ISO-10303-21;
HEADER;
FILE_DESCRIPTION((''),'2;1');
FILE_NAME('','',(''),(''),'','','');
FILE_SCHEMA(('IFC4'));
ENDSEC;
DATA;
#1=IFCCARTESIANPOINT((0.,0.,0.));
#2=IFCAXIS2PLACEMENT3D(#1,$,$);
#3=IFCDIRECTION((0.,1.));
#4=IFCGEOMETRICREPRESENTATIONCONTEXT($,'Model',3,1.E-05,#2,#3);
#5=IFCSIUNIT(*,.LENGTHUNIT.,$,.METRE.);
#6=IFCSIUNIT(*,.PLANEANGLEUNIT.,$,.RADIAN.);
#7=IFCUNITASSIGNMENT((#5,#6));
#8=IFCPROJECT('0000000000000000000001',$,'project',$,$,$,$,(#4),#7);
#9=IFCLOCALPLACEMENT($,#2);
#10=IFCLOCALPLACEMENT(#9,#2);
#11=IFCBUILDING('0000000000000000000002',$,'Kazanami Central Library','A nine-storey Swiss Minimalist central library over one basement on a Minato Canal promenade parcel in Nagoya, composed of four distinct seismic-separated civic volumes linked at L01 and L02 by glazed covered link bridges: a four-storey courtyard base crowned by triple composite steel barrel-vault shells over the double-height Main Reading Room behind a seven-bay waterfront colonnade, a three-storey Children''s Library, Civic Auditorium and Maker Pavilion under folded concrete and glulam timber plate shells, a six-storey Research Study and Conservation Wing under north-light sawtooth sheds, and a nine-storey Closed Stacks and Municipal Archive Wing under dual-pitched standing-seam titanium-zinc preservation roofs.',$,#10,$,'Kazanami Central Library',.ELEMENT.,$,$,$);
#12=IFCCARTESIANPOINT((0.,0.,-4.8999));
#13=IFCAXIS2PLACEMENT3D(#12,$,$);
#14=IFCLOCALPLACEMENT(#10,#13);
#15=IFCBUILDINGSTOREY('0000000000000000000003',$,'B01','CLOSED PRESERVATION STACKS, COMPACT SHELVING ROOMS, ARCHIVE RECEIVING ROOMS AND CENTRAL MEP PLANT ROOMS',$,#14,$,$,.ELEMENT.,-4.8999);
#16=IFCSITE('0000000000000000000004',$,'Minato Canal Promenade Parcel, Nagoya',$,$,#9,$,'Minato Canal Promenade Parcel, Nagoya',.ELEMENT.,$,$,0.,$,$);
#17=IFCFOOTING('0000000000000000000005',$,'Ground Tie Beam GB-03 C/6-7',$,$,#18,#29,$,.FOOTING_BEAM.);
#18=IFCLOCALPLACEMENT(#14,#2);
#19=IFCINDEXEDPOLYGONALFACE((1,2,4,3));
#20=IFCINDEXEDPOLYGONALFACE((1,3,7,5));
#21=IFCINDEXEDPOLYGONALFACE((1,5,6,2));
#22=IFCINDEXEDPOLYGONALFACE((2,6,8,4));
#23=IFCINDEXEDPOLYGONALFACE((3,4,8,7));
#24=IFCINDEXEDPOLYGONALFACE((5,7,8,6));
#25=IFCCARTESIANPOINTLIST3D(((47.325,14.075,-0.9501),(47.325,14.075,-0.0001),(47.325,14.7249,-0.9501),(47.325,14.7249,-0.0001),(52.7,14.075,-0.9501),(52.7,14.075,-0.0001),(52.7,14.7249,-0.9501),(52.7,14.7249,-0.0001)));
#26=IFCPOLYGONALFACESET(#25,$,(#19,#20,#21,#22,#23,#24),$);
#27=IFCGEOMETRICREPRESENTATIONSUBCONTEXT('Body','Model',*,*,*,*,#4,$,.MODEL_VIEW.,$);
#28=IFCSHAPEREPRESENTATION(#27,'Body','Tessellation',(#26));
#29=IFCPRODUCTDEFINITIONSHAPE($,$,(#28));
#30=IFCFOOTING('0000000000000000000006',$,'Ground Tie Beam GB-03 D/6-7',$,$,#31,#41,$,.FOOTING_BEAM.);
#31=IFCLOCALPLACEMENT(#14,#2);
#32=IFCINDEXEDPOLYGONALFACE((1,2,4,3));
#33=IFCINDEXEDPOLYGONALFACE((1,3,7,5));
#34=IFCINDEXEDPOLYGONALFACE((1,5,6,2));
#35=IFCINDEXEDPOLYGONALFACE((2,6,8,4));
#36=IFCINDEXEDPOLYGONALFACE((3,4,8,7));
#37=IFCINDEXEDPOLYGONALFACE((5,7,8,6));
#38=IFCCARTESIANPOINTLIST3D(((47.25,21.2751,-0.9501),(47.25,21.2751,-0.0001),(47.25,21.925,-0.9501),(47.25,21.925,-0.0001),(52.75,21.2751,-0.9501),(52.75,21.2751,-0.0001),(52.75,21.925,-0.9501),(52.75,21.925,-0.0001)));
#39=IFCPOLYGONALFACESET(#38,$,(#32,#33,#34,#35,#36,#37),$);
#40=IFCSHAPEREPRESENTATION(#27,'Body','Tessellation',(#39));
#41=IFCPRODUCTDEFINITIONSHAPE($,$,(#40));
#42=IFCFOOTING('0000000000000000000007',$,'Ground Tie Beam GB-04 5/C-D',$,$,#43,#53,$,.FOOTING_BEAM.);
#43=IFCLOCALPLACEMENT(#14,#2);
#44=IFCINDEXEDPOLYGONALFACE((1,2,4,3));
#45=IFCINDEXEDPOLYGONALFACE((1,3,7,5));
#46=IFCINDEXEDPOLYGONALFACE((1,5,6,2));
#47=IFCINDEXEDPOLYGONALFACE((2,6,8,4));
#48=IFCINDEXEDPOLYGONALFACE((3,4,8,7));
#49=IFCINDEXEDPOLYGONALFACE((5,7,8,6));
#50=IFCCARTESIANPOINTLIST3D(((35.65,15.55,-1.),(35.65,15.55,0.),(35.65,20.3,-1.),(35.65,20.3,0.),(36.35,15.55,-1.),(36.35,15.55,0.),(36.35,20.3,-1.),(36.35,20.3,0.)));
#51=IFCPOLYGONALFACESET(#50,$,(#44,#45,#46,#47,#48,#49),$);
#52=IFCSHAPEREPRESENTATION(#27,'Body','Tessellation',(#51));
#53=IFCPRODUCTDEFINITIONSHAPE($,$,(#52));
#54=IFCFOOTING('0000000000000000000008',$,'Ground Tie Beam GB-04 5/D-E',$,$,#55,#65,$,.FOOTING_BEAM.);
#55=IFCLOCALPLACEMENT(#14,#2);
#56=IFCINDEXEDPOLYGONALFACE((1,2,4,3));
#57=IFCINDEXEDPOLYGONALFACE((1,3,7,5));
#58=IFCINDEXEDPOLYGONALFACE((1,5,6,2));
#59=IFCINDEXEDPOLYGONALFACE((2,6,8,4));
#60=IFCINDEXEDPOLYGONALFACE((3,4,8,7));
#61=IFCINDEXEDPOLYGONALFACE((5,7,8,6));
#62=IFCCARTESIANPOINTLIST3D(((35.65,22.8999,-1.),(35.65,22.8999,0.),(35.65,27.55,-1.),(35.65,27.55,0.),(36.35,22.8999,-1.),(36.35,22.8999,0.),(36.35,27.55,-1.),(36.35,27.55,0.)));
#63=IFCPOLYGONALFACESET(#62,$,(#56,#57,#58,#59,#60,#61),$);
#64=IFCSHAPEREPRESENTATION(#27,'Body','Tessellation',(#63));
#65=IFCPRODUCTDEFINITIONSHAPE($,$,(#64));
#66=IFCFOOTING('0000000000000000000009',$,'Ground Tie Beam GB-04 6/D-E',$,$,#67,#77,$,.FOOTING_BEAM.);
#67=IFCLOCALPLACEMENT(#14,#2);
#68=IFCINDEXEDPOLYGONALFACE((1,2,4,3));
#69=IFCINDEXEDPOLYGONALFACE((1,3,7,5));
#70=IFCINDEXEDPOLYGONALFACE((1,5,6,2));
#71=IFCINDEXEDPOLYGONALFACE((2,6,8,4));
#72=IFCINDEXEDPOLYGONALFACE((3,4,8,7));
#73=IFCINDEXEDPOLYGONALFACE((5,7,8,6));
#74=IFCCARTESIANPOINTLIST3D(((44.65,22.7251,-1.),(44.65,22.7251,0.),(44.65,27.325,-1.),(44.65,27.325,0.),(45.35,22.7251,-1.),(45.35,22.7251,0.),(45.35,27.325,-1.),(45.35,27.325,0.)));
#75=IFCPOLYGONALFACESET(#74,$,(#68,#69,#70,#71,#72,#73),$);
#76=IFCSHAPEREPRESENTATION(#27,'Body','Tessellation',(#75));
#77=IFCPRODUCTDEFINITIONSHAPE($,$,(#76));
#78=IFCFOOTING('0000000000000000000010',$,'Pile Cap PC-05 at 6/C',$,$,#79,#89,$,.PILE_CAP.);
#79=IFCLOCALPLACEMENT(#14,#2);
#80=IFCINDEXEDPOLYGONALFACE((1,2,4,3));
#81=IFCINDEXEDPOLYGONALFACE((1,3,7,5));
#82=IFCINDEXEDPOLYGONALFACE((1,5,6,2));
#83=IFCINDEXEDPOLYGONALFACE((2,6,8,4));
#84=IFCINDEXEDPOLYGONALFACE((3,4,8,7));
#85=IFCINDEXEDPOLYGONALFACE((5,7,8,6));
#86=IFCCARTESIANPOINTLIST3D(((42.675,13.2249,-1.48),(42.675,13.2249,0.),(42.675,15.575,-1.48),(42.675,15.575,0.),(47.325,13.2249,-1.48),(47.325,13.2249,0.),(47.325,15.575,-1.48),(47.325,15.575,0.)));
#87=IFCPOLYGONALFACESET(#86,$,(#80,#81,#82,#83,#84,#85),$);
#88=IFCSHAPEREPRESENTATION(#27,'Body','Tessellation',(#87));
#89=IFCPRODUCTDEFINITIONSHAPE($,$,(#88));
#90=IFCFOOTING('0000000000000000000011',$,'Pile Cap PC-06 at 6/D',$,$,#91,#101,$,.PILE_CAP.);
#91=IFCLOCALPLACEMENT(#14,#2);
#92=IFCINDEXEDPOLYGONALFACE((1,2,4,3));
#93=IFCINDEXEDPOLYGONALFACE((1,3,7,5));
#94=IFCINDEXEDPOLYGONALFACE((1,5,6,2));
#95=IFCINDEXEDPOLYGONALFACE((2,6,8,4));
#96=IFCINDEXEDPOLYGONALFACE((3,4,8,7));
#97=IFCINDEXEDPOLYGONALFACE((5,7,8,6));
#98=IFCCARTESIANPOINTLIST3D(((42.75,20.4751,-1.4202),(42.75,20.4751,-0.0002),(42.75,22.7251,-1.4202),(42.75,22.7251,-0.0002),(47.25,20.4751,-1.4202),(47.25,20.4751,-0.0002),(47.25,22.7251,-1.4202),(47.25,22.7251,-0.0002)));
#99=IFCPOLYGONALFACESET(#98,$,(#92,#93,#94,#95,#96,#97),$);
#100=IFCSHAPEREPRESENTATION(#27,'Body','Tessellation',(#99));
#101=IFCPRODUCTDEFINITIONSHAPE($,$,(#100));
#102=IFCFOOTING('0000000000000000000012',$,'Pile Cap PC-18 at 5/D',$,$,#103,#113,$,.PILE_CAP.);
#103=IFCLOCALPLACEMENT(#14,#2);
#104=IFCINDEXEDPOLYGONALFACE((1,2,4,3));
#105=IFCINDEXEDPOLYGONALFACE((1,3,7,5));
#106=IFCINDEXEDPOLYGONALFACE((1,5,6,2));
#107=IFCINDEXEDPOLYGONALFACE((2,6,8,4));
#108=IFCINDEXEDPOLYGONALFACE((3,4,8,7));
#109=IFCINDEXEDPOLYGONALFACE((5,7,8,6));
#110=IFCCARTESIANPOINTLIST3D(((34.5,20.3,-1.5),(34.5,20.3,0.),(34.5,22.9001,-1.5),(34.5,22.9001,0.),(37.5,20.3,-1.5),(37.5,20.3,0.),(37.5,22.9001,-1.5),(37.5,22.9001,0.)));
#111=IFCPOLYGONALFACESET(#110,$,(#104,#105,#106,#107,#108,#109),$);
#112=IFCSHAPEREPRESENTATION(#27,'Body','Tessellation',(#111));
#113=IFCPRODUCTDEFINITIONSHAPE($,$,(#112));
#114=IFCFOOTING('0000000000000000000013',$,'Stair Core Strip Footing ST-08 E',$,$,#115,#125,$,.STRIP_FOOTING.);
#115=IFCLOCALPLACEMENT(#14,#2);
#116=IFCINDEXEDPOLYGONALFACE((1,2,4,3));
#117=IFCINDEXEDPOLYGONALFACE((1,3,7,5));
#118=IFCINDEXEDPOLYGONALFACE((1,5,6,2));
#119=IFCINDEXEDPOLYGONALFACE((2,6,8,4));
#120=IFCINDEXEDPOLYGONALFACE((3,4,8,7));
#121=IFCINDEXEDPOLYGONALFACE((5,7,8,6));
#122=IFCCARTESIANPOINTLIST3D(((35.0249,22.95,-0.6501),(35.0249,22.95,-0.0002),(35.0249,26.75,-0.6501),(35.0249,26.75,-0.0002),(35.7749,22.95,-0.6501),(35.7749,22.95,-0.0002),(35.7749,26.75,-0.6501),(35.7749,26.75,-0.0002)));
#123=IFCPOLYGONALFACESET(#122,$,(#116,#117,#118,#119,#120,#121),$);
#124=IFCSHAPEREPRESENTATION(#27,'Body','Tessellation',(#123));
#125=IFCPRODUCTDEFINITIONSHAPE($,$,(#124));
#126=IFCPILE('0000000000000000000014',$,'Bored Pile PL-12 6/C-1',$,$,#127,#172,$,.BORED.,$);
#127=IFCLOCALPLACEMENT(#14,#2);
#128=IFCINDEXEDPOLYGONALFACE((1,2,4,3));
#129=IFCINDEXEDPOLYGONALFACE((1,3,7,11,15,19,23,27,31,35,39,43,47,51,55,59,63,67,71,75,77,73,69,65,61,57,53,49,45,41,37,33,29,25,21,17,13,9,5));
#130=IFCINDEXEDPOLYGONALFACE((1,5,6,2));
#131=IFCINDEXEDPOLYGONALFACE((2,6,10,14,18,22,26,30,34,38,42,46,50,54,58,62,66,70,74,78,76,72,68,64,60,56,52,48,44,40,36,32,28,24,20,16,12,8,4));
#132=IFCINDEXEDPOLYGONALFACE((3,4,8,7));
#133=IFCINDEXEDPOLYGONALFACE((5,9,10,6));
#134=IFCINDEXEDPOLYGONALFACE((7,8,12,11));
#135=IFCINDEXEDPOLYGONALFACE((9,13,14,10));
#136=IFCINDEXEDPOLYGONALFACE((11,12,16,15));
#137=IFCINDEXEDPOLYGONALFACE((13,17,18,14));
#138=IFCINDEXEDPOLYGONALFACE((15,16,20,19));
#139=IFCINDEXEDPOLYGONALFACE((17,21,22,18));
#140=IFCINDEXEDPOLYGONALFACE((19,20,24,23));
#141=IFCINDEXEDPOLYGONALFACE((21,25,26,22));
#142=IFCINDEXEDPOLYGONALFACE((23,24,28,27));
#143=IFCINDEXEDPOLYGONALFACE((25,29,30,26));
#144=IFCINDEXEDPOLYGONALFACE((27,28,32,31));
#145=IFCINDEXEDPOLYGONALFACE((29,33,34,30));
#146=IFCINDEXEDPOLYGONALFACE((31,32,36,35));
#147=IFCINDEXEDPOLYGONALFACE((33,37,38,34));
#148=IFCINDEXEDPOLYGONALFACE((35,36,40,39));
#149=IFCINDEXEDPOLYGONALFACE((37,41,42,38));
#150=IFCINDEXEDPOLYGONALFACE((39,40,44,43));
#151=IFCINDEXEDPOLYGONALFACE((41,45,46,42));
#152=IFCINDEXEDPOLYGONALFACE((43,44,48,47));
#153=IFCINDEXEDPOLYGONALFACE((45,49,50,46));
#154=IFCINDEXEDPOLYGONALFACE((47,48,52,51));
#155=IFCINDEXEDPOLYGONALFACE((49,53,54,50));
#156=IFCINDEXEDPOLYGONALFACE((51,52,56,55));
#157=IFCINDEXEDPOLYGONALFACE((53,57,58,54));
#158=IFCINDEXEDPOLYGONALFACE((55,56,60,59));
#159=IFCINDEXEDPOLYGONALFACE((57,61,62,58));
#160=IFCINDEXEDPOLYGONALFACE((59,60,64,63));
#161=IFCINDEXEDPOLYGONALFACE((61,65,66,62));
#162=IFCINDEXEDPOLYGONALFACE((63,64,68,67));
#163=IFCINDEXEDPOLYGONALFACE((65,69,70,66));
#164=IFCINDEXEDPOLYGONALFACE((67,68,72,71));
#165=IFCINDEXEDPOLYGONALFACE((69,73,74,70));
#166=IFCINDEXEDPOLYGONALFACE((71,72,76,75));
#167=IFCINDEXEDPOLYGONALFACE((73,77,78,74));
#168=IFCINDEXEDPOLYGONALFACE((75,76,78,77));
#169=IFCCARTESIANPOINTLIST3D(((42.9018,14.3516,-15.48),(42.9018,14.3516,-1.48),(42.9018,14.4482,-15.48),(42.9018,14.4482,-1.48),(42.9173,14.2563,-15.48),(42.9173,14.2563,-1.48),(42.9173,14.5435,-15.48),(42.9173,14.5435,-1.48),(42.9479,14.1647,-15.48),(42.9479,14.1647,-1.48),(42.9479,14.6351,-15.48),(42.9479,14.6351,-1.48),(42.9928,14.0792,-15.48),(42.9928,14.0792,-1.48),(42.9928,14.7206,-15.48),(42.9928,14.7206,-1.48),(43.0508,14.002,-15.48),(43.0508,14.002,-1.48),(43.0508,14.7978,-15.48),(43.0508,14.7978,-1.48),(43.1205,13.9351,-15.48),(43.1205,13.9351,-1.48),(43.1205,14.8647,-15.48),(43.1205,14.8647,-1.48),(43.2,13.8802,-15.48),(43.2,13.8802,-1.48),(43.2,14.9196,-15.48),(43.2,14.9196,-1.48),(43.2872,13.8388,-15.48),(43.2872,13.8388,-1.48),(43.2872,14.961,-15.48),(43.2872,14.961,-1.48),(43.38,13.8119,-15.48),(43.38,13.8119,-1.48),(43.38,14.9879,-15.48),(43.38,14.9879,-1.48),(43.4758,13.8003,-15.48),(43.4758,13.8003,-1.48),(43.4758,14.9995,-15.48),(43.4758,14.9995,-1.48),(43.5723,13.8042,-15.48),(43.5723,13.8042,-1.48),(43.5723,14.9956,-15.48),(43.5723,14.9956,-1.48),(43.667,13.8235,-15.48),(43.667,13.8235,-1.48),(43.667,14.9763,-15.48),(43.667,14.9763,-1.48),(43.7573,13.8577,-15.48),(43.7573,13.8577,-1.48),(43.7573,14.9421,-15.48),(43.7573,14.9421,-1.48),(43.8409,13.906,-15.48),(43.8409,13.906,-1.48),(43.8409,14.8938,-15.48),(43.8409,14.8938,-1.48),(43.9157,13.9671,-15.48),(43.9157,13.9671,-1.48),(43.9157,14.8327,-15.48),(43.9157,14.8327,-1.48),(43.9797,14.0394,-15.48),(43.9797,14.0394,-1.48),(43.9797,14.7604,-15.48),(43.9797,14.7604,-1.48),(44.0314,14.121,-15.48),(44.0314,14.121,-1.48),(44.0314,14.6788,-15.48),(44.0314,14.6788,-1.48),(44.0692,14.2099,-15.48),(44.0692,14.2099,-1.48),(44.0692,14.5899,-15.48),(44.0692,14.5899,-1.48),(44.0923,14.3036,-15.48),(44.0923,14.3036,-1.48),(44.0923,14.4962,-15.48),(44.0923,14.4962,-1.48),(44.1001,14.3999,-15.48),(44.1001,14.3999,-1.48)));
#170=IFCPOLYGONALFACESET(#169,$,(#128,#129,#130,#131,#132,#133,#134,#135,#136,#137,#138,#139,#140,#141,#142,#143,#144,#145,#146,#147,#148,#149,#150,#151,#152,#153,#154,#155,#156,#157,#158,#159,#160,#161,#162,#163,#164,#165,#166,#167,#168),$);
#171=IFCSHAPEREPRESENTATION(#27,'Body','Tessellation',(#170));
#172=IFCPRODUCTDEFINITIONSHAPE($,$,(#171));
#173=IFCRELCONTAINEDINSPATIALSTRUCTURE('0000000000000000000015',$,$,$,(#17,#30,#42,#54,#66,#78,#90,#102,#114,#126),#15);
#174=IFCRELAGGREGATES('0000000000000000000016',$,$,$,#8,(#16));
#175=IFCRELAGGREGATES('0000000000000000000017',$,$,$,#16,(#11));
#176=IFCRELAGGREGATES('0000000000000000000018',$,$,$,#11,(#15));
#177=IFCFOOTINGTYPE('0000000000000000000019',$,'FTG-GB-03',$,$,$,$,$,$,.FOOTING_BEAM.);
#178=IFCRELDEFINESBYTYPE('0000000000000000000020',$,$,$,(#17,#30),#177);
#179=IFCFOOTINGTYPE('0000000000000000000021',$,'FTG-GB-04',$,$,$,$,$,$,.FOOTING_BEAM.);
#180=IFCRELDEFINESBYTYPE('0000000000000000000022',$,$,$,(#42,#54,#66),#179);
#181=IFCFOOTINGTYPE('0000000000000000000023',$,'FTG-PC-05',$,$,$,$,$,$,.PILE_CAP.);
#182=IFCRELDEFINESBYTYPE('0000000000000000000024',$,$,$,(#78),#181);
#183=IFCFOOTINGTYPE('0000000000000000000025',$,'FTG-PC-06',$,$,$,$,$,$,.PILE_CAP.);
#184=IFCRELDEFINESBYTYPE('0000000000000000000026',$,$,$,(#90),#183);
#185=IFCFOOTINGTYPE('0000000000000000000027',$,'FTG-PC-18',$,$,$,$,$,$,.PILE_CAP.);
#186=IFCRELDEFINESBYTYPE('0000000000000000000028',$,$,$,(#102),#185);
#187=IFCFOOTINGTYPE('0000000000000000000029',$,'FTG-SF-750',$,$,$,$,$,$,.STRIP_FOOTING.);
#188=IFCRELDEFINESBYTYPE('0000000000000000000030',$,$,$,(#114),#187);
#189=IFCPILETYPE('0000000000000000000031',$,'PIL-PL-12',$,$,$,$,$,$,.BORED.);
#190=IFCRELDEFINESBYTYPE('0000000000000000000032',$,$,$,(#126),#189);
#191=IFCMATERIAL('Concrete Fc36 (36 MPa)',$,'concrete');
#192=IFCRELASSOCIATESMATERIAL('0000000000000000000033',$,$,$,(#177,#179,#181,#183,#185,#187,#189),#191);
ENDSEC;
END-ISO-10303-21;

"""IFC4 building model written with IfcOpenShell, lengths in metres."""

from ifc_helpers import new_model, si_unit, direction, frame, origin, origin_2d, place, context, subcontext, project, spatial, rectangle, circle, extrude, material, material_profile, profile_set, type_object, element, save


model = new_model("IFC4")

# Units and contexts
model_context = context("Model", 3, precision=1e-05, world=origin(), true_north=direction((0.0, 1.0)))
body_context = subcontext(model_context, "Body", "Model", "MODEL_VIEW")
ifc_project = project(units=[si_unit("LENGTHUNIT", "METRE"), si_unit("PLANEANGLEUNIT", "RADIAN")], contexts=[model_context])

# Site, building, storey
site_placement = place(None, origin())
site = spatial("IfcSite", under=ifc_project, at=site_placement, Name="Minato Canal Promenade Parcel, Nagoya", LongName="Minato Canal Promenade Parcel, Nagoya", CompositionType="ELEMENT", RefElevation=0.0)
building_placement = place(site_placement, origin())
building = spatial("IfcBuilding", under=site, at=building_placement, Name="Kazanami Central Library", Description="A nine-storey Swiss Minimalist central library over one basement on a Minato Canal promenade parcel in Nagoya, composed of four distinct seismic-separated civic volumes linked at L01 and L02 by glazed covered link bridges: a four-storey courtyard base crowned by triple composite steel barrel-vault shells over the double-height Main Reading Room behind a seven-bay waterfront colonnade, a three-storey Children's Library, Civic Auditorium and Maker Pavilion under folded concrete and glulam timber plate shells, a six-storey Research Study and Conservation Wing under north-light sawtooth sheds, and a nine-storey Closed Stacks and Municipal Archive Wing under dual-pitched standing-seam titanium-zinc preservation roofs.", LongName="Kazanami Central Library", CompositionType="ELEMENT")
storey_placement = place(building_placement, frame((0.0, 0.0, -4.8999)))
storey = spatial("IfcBuildingStorey", under=building, at=storey_placement, Name="B01", Description="CLOSED PRESERVATION STACKS, COMPACT SHELVING ROOMS, ARCHIVE RECEIVING ROOMS AND CENTRAL MEP PLANT ROOMS", CompositionType="ELEMENT", Elevation=-4.8999)

# Footings
ifc_material_1 = material(Name="Concrete Fc36 (36 MPa)", Category="concrete")
ifc_material_profile_1 = material_profile(ifc_material_1, rectangle(XDim=0.6499, YDim=0.95, at=origin_2d()), Name="RC-650x950")
ifc_profile_set_1 = profile_set([ifc_material_profile_1], Name="Concrete Fc36 (36 MPa)")
footing_type_1 = type_object("IfcFootingType", Name="FTG-GB-03", PredefinedType="FOOTING_BEAM", material=ifc_profile_set_1)
footing_1_placement = place(storey_placement, frame((47.325, 14.3999, -0.4751), z_axis=(1.0, 0.0, 0.0), x_axis=(0.0, 1.0, 0.0)))
element("IfcFooting", 1, at=footing_1_placement, inside=storey, type_object=footing_type_1, Name="Ground Tie Beam GB-03 C/6-7", PredefinedType="FOOTING_BEAM", context=body_context, shape_type="SweptSolid", body=[
    extrude(rectangle(XDim=0.6499, YDim=0.95, at=origin_2d()), origin(), (0.0, 0.0, 1.0), 5.375),
])
footing_2_placement = place(storey_placement, frame((47.25, 21.6001, -0.4751), z_axis=(1.0, 0.0, 0.0), x_axis=(0.0, 1.0, 0.0)))
element("IfcFooting", 2, at=footing_2_placement, inside=storey, type_object=footing_type_1, Name="Ground Tie Beam GB-03 D/6-7", PredefinedType="FOOTING_BEAM", context=body_context, shape_type="SweptSolid", body=[
    extrude(rectangle(XDim=0.6499, YDim=0.95, at=origin_2d()), origin(), (0.0, 0.0, 1.0), 5.5),
])
ifc_material_profile_2 = material_profile(ifc_material_1, rectangle(XDim=0.7, YDim=1.0, at=origin_2d()), Name="RC-700x1000")
ifc_profile_set_2 = profile_set([ifc_material_profile_2], Name="Concrete Fc36 (36 MPa)")
footing_type_2 = type_object("IfcFootingType", Name="FTG-GB-04", PredefinedType="FOOTING_BEAM", material=ifc_profile_set_2)
footing_3_placement = place(storey_placement, frame((36.0, 15.55, -0.5), z_axis=(0.0, 1.0, 0.0), x_axis=(-1.0, 0.0, 0.0)))
element("IfcFooting", 3, at=footing_3_placement, inside=storey, type_object=footing_type_2, Name="Ground Tie Beam GB-04 5/C-D", PredefinedType="FOOTING_BEAM", context=body_context, shape_type="SweptSolid", body=[
    extrude(rectangle(XDim=0.7, YDim=1.0, at=origin_2d()), origin(), (0.0, 0.0, 1.0), 4.75),
])
footing_4_placement = place(storey_placement, frame((36.0, 22.8999, -0.5), z_axis=(0.0, 1.0, 0.0), x_axis=(-1.0, 0.0, 0.0)))
element("IfcFooting", 4, at=footing_4_placement, inside=storey, type_object=footing_type_2, Name="Ground Tie Beam GB-04 5/D-E", PredefinedType="FOOTING_BEAM", context=body_context, shape_type="SweptSolid", body=[
    extrude(rectangle(XDim=0.7, YDim=1.0, at=origin_2d()), origin(), (0.0, 0.0, 1.0), 4.6501),
])
footing_5_placement = place(storey_placement, frame((45.0, 22.7251, -0.5), z_axis=(0.0, 1.0, 0.0), x_axis=(-1.0, 0.0, 0.0)))
element("IfcFooting", 5, at=footing_5_placement, inside=storey, type_object=footing_type_2, Name="Ground Tie Beam GB-04 6/D-E", PredefinedType="FOOTING_BEAM", context=body_context, shape_type="SweptSolid", body=[
    extrude(rectangle(XDim=0.7, YDim=1.0, at=origin_2d()), origin(), (0.0, 0.0, 1.0), 4.5999),
])
footing_type_3 = type_object("IfcFootingType", Name="FTG-PC-05", PredefinedType="PILE_CAP", material=ifc_material_1)
footing_6_placement = place(storey_placement, frame((45.0, 14.3999, -1.48), z_axis=(0.0, 0.0, 1.0), x_axis=(1.0, 0.0, 0.0)))
element("IfcFooting", 6, at=footing_6_placement, inside=storey, type_object=footing_type_3, Name="Pile Cap PC-05 at 6/C", PredefinedType="PILE_CAP", context=body_context, shape_type="SweptSolid", body=[
    extrude(rectangle(XDim=4.6499, YDim=2.3501, at=origin_2d()), origin(), (0.0, 0.0, 1.0), 1.48),
])
footing_type_4 = type_object("IfcFootingType", Name="FTG-PC-06", PredefinedType="PILE_CAP", material=ifc_material_1)
footing_7_placement = place(storey_placement, frame((45.0, 21.6001, -1.4202), z_axis=(0.0, 0.0, 1.0), x_axis=(1.0, 0.0, 0.0)))
element("IfcFooting", 7, at=footing_7_placement, inside=storey, type_object=footing_type_4, Name="Pile Cap PC-06 at 6/D", PredefinedType="PILE_CAP", context=body_context, shape_type="SweptSolid", body=[
    extrude(rectangle(XDim=4.5, YDim=2.25, at=origin_2d()), origin(), (0.0, 0.0, 1.0), 1.4199),
])
footing_type_5 = type_object("IfcFootingType", Name="FTG-PC-18", PredefinedType="PILE_CAP", material=ifc_material_1)
footing_8_placement = place(storey_placement, frame((36.0, 21.6001, -1.5), z_axis=(0.0, 0.0, 1.0), x_axis=(1.0, 0.0, 0.0)))
element("IfcFooting", 8, at=footing_8_placement, inside=storey, type_object=footing_type_5, Name="Pile Cap PC-18 at 5/D", PredefinedType="PILE_CAP", context=body_context, shape_type="SweptSolid", body=[
    extrude(rectangle(XDim=3.0, YDim=2.6001, at=origin_2d()), origin(), (0.0, 0.0, 1.0), 1.5),
])
ifc_material_profile_3 = material_profile(ifc_material_1, rectangle(XDim=0.75, YDim=0.6499, at=origin_2d()), Name="RC-750x650")
ifc_profile_set_3 = profile_set([ifc_material_profile_3], Name="Concrete Fc36 (36 MPa)")
footing_type_6 = type_object("IfcFootingType", Name="FTG-SF-750", PredefinedType="STRIP_FOOTING", material=ifc_profile_set_3)
footing_9_placement = place(storey_placement, frame((35.3999, 22.95, -0.3252), z_axis=(0.0, 1.0, 0.0), x_axis=(-1.0, 0.0, 0.0)))
element("IfcFooting", 9, at=footing_9_placement, inside=storey, type_object=footing_type_6, Name="Stair Core Strip Footing ST-08 E", PredefinedType="STRIP_FOOTING", context=body_context, shape_type="SweptSolid", body=[
    extrude(rectangle(XDim=0.75, YDim=0.6499, at=origin_2d()), origin(), (0.0, 0.0, 1.0), 3.8),
])

# Pile
ifc_material_profile_4 = material_profile(ifc_material_1, circle(Radius=0.6001, at=origin_2d()), Name="BORED-D1200")
ifc_profile_set_4 = profile_set([ifc_material_profile_4], Name="Concrete Fc36 (36 MPa)")
pile_type_1 = type_object("IfcPileType", Name="PIL-PL-12", PredefinedType="BORED", material=ifc_profile_set_4)
for number, where, z_axis, x_axis, name in (
    (10, (43.5, 14.3999, -1.48), (0.0, 0.0, -1.0), (1.0, 0.0, 0.0), "Bored Pile PL-12 6/C-1"),
):
    element("IfcPile", number, at=place(storey_placement, frame(where, z_axis=z_axis, x_axis=x_axis)), inside=storey, type_object=pile_type_1, Name=name, PredefinedType="BORED", context=body_context, shape_type="SweptSolid", body=[
        extrude(circle(Radius=0.6001, at=origin_2d()), origin(), (0.0, 0.0, 1.0), 14.0),
    ])

save(model, "model.ifc")
